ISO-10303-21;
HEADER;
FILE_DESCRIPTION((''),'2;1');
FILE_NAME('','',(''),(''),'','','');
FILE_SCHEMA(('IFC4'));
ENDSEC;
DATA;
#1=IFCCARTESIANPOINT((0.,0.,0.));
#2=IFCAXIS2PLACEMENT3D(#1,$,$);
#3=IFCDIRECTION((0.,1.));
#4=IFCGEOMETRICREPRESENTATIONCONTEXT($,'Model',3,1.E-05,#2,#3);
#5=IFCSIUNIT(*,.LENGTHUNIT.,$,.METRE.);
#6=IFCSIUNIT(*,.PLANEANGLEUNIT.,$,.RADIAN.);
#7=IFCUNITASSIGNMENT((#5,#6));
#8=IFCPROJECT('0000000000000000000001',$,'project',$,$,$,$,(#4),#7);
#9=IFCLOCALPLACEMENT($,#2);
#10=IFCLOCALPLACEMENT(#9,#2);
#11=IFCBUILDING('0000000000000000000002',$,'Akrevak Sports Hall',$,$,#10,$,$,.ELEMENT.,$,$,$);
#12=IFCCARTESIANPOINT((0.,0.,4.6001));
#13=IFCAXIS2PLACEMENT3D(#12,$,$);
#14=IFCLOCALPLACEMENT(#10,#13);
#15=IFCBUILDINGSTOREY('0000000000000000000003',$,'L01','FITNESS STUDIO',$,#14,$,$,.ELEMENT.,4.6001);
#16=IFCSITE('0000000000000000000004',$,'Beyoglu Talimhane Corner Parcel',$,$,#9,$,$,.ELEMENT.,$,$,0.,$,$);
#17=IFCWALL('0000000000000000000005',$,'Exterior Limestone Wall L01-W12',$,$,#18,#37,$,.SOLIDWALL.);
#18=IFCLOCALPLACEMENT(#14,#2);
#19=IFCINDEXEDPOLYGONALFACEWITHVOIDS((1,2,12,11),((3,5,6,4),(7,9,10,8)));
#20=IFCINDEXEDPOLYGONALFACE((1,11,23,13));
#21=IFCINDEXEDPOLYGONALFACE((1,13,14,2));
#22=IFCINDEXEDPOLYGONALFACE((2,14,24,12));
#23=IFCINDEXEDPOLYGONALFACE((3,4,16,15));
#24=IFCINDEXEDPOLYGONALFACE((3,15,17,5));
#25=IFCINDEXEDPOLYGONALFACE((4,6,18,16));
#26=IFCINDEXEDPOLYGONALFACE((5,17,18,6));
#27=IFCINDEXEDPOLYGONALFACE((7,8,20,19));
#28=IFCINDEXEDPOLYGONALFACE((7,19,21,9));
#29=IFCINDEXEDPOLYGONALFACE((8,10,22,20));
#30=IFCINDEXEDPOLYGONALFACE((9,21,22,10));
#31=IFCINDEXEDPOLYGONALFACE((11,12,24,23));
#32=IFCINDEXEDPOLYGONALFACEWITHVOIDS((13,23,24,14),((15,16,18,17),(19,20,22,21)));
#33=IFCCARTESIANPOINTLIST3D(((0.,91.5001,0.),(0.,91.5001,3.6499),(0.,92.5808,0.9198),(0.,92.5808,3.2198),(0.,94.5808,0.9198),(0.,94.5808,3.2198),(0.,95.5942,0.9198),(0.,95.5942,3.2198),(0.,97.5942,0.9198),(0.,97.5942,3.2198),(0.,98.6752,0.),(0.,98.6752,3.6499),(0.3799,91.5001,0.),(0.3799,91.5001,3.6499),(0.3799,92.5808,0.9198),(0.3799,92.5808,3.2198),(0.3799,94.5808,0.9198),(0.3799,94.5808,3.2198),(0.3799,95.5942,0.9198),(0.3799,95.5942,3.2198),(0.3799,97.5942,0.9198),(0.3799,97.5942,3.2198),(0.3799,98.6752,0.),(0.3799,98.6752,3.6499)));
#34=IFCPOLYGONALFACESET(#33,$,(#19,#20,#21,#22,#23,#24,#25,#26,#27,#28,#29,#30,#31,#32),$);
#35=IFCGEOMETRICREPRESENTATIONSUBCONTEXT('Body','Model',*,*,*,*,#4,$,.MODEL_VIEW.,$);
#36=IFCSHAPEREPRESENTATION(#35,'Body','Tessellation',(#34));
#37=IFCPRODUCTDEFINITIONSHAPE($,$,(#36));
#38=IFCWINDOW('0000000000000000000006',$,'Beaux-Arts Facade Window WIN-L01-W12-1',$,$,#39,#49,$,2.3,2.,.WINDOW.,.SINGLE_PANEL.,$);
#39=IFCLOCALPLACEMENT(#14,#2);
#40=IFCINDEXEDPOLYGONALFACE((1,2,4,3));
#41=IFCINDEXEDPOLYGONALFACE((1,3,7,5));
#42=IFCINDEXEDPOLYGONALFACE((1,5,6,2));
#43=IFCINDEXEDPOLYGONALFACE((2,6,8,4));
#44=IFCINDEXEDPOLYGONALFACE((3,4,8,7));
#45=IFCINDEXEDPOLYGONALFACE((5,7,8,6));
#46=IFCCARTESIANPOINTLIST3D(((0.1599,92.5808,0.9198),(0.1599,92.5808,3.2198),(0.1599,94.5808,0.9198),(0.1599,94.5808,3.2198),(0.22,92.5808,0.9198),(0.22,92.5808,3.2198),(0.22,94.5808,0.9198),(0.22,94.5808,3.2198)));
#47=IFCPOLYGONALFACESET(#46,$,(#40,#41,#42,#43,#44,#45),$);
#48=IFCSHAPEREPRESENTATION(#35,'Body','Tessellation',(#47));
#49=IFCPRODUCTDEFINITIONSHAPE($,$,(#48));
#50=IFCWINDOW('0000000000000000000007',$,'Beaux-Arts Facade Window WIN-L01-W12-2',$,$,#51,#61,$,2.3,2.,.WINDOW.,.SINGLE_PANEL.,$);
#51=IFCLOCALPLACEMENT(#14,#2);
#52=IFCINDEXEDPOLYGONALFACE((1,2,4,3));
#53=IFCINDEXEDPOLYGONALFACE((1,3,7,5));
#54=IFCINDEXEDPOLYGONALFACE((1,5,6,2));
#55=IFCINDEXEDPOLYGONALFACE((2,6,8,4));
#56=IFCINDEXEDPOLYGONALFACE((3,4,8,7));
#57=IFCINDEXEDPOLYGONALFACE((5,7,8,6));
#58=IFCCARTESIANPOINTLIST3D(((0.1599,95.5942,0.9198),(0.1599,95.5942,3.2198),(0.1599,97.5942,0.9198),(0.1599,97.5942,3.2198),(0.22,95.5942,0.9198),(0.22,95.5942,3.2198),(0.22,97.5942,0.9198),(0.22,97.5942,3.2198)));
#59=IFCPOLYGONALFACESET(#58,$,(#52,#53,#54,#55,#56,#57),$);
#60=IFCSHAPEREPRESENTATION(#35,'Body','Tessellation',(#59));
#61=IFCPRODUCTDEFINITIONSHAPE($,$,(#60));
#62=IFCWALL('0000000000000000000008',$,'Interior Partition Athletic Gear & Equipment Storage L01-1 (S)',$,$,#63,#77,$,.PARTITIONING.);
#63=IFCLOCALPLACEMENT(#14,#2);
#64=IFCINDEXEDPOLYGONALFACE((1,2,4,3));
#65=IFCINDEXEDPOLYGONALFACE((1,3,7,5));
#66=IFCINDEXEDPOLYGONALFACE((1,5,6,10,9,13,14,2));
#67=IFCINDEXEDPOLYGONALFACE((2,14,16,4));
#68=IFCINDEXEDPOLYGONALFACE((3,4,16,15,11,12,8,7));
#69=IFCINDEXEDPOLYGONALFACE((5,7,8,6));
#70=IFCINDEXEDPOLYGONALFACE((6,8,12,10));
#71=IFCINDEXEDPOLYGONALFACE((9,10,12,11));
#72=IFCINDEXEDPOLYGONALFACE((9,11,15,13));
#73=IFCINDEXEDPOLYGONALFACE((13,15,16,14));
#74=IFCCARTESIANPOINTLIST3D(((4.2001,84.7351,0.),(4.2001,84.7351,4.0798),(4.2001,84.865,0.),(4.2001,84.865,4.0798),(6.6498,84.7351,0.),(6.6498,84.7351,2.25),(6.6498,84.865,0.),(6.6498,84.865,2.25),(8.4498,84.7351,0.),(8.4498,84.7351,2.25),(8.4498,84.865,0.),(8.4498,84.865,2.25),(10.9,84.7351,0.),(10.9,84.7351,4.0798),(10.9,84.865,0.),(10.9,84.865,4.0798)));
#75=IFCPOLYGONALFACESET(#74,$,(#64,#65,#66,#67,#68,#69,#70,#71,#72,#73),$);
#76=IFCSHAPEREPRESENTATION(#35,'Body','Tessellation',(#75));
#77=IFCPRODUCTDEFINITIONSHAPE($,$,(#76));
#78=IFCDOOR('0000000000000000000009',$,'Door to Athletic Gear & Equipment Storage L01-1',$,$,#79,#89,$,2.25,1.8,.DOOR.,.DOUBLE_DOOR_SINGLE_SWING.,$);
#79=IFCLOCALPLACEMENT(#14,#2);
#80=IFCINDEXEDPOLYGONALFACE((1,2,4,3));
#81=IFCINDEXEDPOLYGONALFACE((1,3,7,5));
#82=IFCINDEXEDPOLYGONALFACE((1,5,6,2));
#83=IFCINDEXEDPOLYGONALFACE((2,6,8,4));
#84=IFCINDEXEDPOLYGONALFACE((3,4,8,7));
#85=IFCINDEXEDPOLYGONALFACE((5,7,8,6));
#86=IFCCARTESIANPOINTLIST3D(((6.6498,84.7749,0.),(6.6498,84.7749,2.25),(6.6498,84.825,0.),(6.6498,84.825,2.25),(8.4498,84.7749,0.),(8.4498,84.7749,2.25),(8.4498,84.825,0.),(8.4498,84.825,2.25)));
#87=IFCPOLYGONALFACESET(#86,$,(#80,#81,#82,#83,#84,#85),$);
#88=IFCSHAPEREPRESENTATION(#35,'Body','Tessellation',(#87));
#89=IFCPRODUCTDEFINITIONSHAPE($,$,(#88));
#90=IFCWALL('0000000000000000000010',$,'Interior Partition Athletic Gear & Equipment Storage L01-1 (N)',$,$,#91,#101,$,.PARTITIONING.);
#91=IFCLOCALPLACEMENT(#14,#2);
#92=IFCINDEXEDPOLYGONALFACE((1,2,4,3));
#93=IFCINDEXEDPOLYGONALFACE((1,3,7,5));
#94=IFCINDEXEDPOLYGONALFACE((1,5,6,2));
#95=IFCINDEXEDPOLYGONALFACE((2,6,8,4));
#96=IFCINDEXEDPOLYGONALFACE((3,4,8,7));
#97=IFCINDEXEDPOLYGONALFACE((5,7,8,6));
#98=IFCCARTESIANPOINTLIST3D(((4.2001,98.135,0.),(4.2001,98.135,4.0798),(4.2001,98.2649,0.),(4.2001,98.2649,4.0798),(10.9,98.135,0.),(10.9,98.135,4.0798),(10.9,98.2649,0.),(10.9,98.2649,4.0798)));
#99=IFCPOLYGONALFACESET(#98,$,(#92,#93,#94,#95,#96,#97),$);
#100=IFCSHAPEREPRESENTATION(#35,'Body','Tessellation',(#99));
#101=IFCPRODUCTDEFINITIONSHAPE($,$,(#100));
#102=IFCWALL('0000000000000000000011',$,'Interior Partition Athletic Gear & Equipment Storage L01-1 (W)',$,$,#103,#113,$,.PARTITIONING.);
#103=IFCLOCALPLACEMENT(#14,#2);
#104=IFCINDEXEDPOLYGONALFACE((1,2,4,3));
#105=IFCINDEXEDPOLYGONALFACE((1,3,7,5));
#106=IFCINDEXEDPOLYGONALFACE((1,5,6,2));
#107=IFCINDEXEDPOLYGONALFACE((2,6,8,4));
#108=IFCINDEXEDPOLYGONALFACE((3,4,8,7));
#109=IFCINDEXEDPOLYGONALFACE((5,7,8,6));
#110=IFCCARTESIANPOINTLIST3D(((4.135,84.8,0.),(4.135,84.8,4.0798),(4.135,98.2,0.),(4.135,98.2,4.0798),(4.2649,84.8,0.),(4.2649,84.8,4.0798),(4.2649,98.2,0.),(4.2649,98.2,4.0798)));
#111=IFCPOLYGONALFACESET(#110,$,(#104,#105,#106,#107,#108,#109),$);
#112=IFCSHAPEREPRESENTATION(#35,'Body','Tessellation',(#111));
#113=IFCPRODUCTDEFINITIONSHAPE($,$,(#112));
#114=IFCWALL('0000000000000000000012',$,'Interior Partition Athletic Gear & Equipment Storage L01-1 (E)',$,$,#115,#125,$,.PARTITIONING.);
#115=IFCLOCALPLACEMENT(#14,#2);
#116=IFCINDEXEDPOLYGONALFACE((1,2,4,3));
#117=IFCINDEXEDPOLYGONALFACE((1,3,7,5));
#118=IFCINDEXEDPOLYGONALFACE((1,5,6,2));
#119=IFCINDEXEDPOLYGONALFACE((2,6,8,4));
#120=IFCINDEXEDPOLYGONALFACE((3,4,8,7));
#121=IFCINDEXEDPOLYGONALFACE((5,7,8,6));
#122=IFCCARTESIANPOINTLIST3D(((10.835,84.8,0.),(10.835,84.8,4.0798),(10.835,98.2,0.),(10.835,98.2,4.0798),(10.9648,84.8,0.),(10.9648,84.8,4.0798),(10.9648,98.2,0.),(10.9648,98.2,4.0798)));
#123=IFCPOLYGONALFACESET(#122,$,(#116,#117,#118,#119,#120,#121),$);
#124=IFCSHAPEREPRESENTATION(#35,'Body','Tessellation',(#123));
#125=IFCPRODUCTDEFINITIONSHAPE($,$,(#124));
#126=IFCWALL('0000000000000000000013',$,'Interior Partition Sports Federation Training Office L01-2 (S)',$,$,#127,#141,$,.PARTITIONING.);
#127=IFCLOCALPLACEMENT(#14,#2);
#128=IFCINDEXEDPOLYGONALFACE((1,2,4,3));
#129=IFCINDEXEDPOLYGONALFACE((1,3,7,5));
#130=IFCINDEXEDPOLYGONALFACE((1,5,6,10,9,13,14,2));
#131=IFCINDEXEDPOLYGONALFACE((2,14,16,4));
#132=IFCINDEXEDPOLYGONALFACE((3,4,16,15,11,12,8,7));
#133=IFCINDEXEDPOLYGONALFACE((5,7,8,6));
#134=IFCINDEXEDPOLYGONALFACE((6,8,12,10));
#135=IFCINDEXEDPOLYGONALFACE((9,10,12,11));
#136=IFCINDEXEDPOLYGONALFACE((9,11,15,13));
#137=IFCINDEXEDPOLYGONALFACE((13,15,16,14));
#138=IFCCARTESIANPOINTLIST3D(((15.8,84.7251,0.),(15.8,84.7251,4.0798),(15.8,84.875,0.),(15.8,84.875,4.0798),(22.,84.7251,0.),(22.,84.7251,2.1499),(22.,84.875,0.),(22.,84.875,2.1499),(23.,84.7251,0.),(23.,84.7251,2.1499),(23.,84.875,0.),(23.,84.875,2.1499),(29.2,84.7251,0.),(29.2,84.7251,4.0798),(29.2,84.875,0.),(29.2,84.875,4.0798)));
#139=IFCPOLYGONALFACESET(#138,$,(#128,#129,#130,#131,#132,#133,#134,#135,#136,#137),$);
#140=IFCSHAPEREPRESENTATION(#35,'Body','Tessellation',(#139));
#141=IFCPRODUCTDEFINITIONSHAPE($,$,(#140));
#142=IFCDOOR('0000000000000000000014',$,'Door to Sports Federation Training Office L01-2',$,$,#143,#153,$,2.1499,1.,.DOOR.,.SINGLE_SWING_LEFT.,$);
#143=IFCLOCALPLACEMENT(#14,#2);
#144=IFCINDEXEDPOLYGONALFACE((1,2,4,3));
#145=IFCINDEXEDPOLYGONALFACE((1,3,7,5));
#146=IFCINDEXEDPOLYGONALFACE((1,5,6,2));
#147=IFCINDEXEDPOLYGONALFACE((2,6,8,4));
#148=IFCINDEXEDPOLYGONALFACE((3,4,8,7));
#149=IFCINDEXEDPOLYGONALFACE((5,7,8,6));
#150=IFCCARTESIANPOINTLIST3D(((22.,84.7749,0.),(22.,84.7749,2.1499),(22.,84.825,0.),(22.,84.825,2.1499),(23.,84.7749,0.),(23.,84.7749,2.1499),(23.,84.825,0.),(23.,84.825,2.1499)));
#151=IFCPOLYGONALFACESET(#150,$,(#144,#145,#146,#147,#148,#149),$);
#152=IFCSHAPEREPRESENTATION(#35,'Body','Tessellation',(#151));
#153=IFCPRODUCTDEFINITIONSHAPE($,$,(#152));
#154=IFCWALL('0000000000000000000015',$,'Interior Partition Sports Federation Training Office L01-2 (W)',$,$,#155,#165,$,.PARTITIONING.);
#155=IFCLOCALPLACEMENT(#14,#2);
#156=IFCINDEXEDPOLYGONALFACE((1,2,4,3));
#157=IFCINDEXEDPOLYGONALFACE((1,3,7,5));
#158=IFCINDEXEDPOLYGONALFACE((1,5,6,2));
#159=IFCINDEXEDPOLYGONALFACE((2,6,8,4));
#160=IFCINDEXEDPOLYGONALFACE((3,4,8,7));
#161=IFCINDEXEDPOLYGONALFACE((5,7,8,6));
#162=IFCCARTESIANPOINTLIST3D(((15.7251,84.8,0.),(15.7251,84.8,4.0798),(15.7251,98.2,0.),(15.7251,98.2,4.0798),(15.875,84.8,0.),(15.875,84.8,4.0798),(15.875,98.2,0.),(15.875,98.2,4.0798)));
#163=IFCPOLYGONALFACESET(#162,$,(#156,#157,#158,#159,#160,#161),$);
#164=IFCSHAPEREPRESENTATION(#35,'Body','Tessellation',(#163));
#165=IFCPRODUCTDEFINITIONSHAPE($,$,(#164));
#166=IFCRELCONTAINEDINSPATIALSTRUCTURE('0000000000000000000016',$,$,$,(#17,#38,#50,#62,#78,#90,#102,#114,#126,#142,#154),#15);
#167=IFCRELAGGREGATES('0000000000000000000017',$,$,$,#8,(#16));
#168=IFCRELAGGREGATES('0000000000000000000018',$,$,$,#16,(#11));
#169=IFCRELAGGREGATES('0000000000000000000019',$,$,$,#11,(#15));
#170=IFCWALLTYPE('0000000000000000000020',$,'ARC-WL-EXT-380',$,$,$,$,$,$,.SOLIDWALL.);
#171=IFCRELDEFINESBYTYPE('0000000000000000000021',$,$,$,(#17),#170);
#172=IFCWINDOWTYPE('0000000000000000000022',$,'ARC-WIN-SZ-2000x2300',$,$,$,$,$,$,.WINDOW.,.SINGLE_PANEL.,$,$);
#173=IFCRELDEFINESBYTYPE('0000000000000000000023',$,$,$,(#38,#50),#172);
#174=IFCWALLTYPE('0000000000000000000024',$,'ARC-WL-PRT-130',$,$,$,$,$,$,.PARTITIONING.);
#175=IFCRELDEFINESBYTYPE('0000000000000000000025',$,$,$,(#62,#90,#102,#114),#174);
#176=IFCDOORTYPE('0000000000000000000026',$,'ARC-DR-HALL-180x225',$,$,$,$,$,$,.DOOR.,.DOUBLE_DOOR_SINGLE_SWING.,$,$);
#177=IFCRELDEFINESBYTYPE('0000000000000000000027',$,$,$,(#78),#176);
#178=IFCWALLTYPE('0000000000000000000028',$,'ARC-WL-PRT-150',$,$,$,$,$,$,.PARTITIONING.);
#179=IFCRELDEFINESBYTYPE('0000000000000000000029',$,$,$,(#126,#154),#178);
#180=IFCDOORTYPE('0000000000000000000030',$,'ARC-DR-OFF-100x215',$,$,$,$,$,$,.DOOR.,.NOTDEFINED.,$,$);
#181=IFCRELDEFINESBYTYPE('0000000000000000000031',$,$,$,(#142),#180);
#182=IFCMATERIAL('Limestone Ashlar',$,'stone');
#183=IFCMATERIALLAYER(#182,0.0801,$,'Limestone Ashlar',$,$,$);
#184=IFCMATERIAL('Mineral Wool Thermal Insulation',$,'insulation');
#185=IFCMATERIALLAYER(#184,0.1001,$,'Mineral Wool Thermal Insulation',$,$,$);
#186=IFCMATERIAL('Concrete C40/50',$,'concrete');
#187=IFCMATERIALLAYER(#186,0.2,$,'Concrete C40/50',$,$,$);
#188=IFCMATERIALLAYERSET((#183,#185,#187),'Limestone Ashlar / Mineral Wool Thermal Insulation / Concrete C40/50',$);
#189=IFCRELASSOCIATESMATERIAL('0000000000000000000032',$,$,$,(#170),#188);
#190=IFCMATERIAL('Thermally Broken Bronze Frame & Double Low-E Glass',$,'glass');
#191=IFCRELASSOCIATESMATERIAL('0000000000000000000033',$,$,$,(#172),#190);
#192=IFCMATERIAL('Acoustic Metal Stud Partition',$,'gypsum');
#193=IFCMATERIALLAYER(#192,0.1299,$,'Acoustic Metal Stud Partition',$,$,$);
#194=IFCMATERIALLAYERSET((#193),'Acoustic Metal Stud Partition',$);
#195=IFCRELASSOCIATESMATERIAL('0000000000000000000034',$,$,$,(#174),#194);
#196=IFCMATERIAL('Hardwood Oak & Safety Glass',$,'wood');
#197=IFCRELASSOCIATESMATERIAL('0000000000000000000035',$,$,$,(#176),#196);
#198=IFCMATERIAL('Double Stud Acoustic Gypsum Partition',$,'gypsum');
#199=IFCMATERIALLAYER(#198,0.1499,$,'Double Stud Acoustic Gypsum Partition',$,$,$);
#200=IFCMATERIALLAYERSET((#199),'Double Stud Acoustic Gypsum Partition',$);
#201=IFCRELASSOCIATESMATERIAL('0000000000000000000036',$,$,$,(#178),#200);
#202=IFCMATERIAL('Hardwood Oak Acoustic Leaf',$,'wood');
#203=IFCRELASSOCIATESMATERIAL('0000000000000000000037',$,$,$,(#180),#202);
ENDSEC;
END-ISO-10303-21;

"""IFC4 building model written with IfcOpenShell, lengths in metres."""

from ifc_helpers import new_model, si_unit, direction, frame, frame_2d, origin, place, context, subcontext, project, spatial, rectangle, extrude, material, layer, layer_set, type_object, element, fill, save


model = new_model("IFC4")

# Units and contexts
model_context = context("Model", 3, precision=1e-05, world=origin(), true_north=direction((0.0, 1.0)))
body_context = subcontext(model_context, "Body", "Model", "MODEL_VIEW")
ifc_project = project(units=[si_unit("LENGTHUNIT", "METRE"), si_unit("PLANEANGLEUNIT", "RADIAN")], contexts=[model_context])

# Site, building, storey
site_placement = place(None, origin())
site = spatial("IfcSite", under=ifc_project, at=site_placement, Name="Beyoglu Talimhane Corner Parcel", CompositionType="ELEMENT", RefElevation=0.0)
building_placement = place(site_placement, origin())
building = spatial("IfcBuilding", under=site, at=building_placement, Name="Akrevak Sports Hall", CompositionType="ELEMENT")
storey_placement = place(building_placement, frame((0.0, 0.0, 4.6001)))
storey = spatial("IfcBuildingStorey", under=building, at=storey_placement, Name="L01", Description="FITNESS STUDIO", CompositionType="ELEMENT", Elevation=4.6001)

# Shared definitions
ifc_material_1 = material(Name="Concrete C40/50", Category="concrete")

# Shared definitions
ifc_material_2 = material(Name="Limestone Ashlar", Category="stone")
ifc_layer_1 = layer(ifc_material_2, 0.0801, Name="Limestone Ashlar")
ifc_material_3 = material(Name="Mineral Wool Thermal Insulation", Category="insulation")
ifc_layer_2 = layer(ifc_material_3, 0.1001, Name="Mineral Wool Thermal Insulation")
ifc_layer_3 = layer(ifc_material_1, 0.2, Name="Concrete C40/50")
ifc_layer_set_1 = layer_set([ifc_layer_1, ifc_layer_2, ifc_layer_3], Name="Limestone Ashlar / Mineral Wool Thermal Insulation / Concrete C40/50")
wall_type_1 = type_object("IfcWallType", Name="ARC-WL-EXT-380", PredefinedType="SOLIDWALL", material=ifc_layer_set_1)
ifc_material_4 = material(Name="Thermally Broken Bronze Frame & Double Low-E Glass", Category="glass")
window_type_1 = type_object("IfcWindowType", Name="ARC-WIN-SZ-2000x2300", PartitioningType="SINGLE_PANEL", PredefinedType="WINDOW", material=ifc_material_4)

# Wall, openings, windows
wall_1_placement = place(storey_placement, frame((0.1899, 98.675, 0.0), z_axis=(0.0, 0.0, 1.0), x_axis=(0.0, -1.0, 0.0)))
wall_1 = element("IfcWall", 1, at=wall_1_placement, inside=storey, type_object=wall_type_1, Name="Exterior Limestone Wall L01-W12", PredefinedType="SOLIDWALL", context=body_context, shape_type="SweptSolid", body=[
    extrude(rectangle(XDim=7.175, YDim=0.3799, at=frame_2d((3.5874, 0.0))), origin(), (0.0, 0.0, 1.0), 3.6499),
])
opening_1_placement = place(wall_1_placement, frame((4.0942, 0.0, 0.9199)))
opening_1 = element("IfcOpeningElement", 2, at=opening_1_placement, cuts=wall_1, PredefinedType="OPENING", context=body_context, shape_type="SweptSolid", body=[
    extrude(rectangle(XDim=2.0, YDim=2.3, at=frame_2d((1.0, 1.1499))), frame((0.0, 0.2019, 0.0), z_axis=(0.0, -1.0, 0.0), x_axis=(1.0, 0.0, 0.0)), (0.0, 0.0, 1.0), 0.4038),
])
opening_2_placement = place(wall_1_placement, frame((1.0808, 0.0, 0.9199)))
opening_2 = element("IfcOpeningElement", 3, at=opening_2_placement, cuts=wall_1, PredefinedType="OPENING", context=body_context, shape_type="SweptSolid", body=[
    extrude(rectangle(XDim=2.0, YDim=2.3, at=frame_2d((1.0, 1.1499))), frame((0.0, 0.2019, 0.0), z_axis=(0.0, -1.0, 0.0), x_axis=(1.0, 0.0, 0.0)), (0.0, 0.0, 1.0), 0.4038),
])
window_1_placement = place(opening_1_placement, origin())
window_1 = element("IfcWindow", 4, at=window_1_placement, inside=storey, type_object=window_type_1, Name="Beaux-Arts Facade Window WIN-L01-W12-1", OverallHeight=2.3, OverallWidth=2.0, PartitioningType="SINGLE_PANEL", PredefinedType="WINDOW", context=body_context, shape_type="SweptSolid", body=[
    extrude(rectangle(XDim=2.0, YDim=2.3, at=frame_2d((1.0, 1.1499))), frame((0.0, 0.03, 0.0), z_axis=(0.0, -1.0, 0.0), x_axis=(1.0, 0.0, 0.0)), (0.0, 0.0, 1.0), 0.0601),
])
fill(opening_1, window_1)
window_2_placement = place(opening_2_placement, origin())
window_2 = element("IfcWindow", 5, at=window_2_placement, inside=storey, type_object=window_type_1, Name="Beaux-Arts Facade Window WIN-L01-W12-2", OverallHeight=2.3, OverallWidth=2.0, PartitioningType="SINGLE_PANEL", PredefinedType="WINDOW", context=body_context, shape_type="SweptSolid", body=[
    extrude(rectangle(XDim=2.0, YDim=2.3, at=frame_2d((1.0, 1.1499))), frame((0.0, 0.03, 0.0), z_axis=(0.0, -1.0, 0.0), x_axis=(1.0, 0.0, 0.0)), (0.0, 0.0, 1.0), 0.0601),
])
fill(opening_2, window_2)

# Wall, opening, door
ifc_material_5 = material(Name="Acoustic Metal Stud Partition", Category="gypsum")
ifc_layer_4 = layer(ifc_material_5, 0.1299, Name="Acoustic Metal Stud Partition")
ifc_layer_set_2 = layer_set([ifc_layer_4], Name="Acoustic Metal Stud Partition")
wall_type_2 = type_object("IfcWallType", Name="ARC-WL-PRT-130", PredefinedType="PARTITIONING", material=ifc_layer_set_2)
wall_2_placement = place(storey_placement, frame((4.2, 84.8, 0.0), z_axis=(0.0, 0.0, 1.0), x_axis=(1.0, 0.0, 0.0)))
wall_2 = element("IfcWall", 6, at=wall_2_placement, inside=storey, type_object=wall_type_2, Name="Interior Partition Athletic Gear & Equipment Storage L01-1 (S)", PredefinedType="PARTITIONING", context=body_context, shape_type="SweptSolid", body=[
    extrude(rectangle(XDim=6.7, YDim=0.1299, at=frame_2d((3.3501, 0.0))), origin(), (0.0, 0.0, 1.0), 4.0798),
])
opening_3_placement = place(wall_2_placement, frame((2.45, 0.0, 0.0)))
opening_3 = element("IfcOpeningElement", 7, at=opening_3_placement, cuts=wall_2, PredefinedType="OPENING", context=body_context, shape_type="SweptSolid", body=[
    extrude(rectangle(XDim=1.8, YDim=2.25, at=frame_2d((0.8999, 1.125))), frame((0.0, 0.0769, 0.0), z_axis=(0.0, -1.0, 0.0), x_axis=(1.0, 0.0, 0.0)), (0.0, 0.0, 1.0), 0.1538),
])
ifc_material_6 = material(Name="Hardwood Oak & Safety Glass", Category="wood")
door_type_1 = type_object("IfcDoorType", Name="ARC-DR-HALL-180x225", OperationType="DOUBLE_DOOR_SINGLE_SWING", PredefinedType="DOOR", material=ifc_material_6)
door_1_placement = place(opening_3_placement, origin())
door_1 = element("IfcDoor", 8, at=door_1_placement, inside=storey, type_object=door_type_1, Name="Door to Athletic Gear & Equipment Storage L01-1", OperationType="DOUBLE_DOOR_SINGLE_SWING", OverallHeight=2.25, OverallWidth=1.8, PredefinedType="DOOR", context=body_context, shape_type="SweptSolid", body=[
    extrude(rectangle(XDim=1.8, YDim=2.25, at=frame_2d((0.8999, 1.125))), frame((0.0, 0.0249, 0.0), z_axis=(0.0, -1.0, 0.0), x_axis=(1.0, 0.0, 0.0)), (0.0, 0.0, 1.0), 0.05),
])
fill(opening_3, door_1)

# Walls
wall_3_placement = place(storey_placement, frame((4.2, 98.2, 0.0), z_axis=(0.0, 0.0, 1.0), x_axis=(1.0, 0.0, 0.0)))
element("IfcWall", 9, at=wall_3_placement, inside=storey, type_object=wall_type_2, Name="Interior Partition Athletic Gear & Equipment Storage L01-1 (N)", PredefinedType="PARTITIONING", context=body_context, shape_type="SweptSolid", body=[
    extrude(rectangle(XDim=6.7, YDim=0.1299, at=frame_2d((3.3501, 0.0))), origin(), (0.0, 0.0, 1.0), 4.0798),
])
for number, where, z_axis, x_axis, name in (
    (10, (4.2, 84.8, 0.0), (0.0, 0.0, 1.0), (0.0, 1.0, 0.0), "Interior Partition Athletic Gear & Equipment Storage L01-1 (W)"),
    (11, (10.8999, 84.8, 0.0), (0.0, 0.0, 1.0), (0.0, 1.0, 0.0), "Interior Partition Athletic Gear & Equipment Storage L01-1 (E)"),
):
    element("IfcWall", number, at=place(storey_placement, frame(where, z_axis=z_axis, x_axis=x_axis)), inside=storey, type_object=wall_type_2, Name=name, PredefinedType="PARTITIONING", context=body_context, shape_type="SweptSolid", body=[
        extrude(rectangle(XDim=13.3999, YDim=0.1299, at=frame_2d((6.7, 0.0))), origin(), (0.0, 0.0, 1.0), 4.0798),
    ])

# Wall, opening, door
ifc_material_7 = material(Name="Double Stud Acoustic Gypsum Partition", Category="gypsum")
ifc_layer_5 = layer(ifc_material_7, 0.1499, Name="Double Stud Acoustic Gypsum Partition")
ifc_layer_set_3 = layer_set([ifc_layer_5], Name="Double Stud Acoustic Gypsum Partition")
wall_type_3 = type_object("IfcWallType", Name="ARC-WL-PRT-150", PredefinedType="PARTITIONING", material=ifc_layer_set_3)
wall_4_placement = place(storey_placement, frame((15.8, 84.8, 0.0), z_axis=(0.0, 0.0, 1.0), x_axis=(1.0, 0.0, 0.0)))
wall_4 = element("IfcWall", 12, at=wall_4_placement, inside=storey, type_object=wall_type_3, Name="Interior Partition Sports Federation Training Office L01-2 (S)", PredefinedType="PARTITIONING", context=body_context, shape_type="SweptSolid", body=[
    extrude(rectangle(XDim=13.3999, YDim=0.1499, at=frame_2d((6.7, 0.0))), origin(), (0.0, 0.0, 1.0), 4.0798),
])
opening_4_placement = place(wall_4_placement, frame((6.2, 0.0, 0.0)))
opening_4 = element("IfcOpeningElement", 13, at=opening_4_placement, cuts=wall_4, PredefinedType="OPENING", context=body_context, shape_type="SweptSolid", body=[
    extrude(rectangle(XDim=1.0, YDim=2.1499, at=frame_2d((0.5, 1.075))), frame((0.0, 0.0869, 0.0), z_axis=(0.0, -1.0, 0.0), x_axis=(1.0, 0.0, 0.0)), (0.0, 0.0, 1.0), 0.1738),
])
ifc_material_8 = material(Name="Hardwood Oak Acoustic Leaf", Category="wood")
door_type_2 = type_object("IfcDoorType", Name="ARC-DR-OFF-100x215", OperationType="NOTDEFINED", PredefinedType="DOOR", material=ifc_material_8)
door_2_placement = place(opening_4_placement, origin())
door_2 = element("IfcDoor", 14, at=door_2_placement, inside=storey, type_object=door_type_2, Name="Door to Sports Federation Training Office L01-2", OperationType="SINGLE_SWING_LEFT", OverallHeight=2.1499, OverallWidth=1.0, PredefinedType="DOOR", context=body_context, shape_type="SweptSolid", body=[
    extrude(rectangle(XDim=1.0, YDim=2.1499, at=frame_2d((0.5, 1.075))), frame((0.0, 0.0249, 0.0), z_axis=(0.0, -1.0, 0.0), x_axis=(1.0, 0.0, 0.0)), (0.0, 0.0, 1.0), 0.05),
])
fill(opening_4, door_2)

# Wall
wall_5_placement = place(storey_placement, frame((15.8, 84.8, 0.0), z_axis=(0.0, 0.0, 1.0), x_axis=(0.0, 1.0, 0.0)))
element("IfcWall", 15, at=wall_5_placement, inside=storey, type_object=wall_type_3, Name="Interior Partition Sports Federation Training Office L01-2 (W)", PredefinedType="PARTITIONING", context=body_context, shape_type="SweptSolid", body=[
    extrude(rectangle(XDim=13.3999, YDim=0.1499, at=frame_2d((6.7, 0.0))), origin(), (0.0, 0.0, 1.0), 4.0798),
])

save(model, "model.ifc")
